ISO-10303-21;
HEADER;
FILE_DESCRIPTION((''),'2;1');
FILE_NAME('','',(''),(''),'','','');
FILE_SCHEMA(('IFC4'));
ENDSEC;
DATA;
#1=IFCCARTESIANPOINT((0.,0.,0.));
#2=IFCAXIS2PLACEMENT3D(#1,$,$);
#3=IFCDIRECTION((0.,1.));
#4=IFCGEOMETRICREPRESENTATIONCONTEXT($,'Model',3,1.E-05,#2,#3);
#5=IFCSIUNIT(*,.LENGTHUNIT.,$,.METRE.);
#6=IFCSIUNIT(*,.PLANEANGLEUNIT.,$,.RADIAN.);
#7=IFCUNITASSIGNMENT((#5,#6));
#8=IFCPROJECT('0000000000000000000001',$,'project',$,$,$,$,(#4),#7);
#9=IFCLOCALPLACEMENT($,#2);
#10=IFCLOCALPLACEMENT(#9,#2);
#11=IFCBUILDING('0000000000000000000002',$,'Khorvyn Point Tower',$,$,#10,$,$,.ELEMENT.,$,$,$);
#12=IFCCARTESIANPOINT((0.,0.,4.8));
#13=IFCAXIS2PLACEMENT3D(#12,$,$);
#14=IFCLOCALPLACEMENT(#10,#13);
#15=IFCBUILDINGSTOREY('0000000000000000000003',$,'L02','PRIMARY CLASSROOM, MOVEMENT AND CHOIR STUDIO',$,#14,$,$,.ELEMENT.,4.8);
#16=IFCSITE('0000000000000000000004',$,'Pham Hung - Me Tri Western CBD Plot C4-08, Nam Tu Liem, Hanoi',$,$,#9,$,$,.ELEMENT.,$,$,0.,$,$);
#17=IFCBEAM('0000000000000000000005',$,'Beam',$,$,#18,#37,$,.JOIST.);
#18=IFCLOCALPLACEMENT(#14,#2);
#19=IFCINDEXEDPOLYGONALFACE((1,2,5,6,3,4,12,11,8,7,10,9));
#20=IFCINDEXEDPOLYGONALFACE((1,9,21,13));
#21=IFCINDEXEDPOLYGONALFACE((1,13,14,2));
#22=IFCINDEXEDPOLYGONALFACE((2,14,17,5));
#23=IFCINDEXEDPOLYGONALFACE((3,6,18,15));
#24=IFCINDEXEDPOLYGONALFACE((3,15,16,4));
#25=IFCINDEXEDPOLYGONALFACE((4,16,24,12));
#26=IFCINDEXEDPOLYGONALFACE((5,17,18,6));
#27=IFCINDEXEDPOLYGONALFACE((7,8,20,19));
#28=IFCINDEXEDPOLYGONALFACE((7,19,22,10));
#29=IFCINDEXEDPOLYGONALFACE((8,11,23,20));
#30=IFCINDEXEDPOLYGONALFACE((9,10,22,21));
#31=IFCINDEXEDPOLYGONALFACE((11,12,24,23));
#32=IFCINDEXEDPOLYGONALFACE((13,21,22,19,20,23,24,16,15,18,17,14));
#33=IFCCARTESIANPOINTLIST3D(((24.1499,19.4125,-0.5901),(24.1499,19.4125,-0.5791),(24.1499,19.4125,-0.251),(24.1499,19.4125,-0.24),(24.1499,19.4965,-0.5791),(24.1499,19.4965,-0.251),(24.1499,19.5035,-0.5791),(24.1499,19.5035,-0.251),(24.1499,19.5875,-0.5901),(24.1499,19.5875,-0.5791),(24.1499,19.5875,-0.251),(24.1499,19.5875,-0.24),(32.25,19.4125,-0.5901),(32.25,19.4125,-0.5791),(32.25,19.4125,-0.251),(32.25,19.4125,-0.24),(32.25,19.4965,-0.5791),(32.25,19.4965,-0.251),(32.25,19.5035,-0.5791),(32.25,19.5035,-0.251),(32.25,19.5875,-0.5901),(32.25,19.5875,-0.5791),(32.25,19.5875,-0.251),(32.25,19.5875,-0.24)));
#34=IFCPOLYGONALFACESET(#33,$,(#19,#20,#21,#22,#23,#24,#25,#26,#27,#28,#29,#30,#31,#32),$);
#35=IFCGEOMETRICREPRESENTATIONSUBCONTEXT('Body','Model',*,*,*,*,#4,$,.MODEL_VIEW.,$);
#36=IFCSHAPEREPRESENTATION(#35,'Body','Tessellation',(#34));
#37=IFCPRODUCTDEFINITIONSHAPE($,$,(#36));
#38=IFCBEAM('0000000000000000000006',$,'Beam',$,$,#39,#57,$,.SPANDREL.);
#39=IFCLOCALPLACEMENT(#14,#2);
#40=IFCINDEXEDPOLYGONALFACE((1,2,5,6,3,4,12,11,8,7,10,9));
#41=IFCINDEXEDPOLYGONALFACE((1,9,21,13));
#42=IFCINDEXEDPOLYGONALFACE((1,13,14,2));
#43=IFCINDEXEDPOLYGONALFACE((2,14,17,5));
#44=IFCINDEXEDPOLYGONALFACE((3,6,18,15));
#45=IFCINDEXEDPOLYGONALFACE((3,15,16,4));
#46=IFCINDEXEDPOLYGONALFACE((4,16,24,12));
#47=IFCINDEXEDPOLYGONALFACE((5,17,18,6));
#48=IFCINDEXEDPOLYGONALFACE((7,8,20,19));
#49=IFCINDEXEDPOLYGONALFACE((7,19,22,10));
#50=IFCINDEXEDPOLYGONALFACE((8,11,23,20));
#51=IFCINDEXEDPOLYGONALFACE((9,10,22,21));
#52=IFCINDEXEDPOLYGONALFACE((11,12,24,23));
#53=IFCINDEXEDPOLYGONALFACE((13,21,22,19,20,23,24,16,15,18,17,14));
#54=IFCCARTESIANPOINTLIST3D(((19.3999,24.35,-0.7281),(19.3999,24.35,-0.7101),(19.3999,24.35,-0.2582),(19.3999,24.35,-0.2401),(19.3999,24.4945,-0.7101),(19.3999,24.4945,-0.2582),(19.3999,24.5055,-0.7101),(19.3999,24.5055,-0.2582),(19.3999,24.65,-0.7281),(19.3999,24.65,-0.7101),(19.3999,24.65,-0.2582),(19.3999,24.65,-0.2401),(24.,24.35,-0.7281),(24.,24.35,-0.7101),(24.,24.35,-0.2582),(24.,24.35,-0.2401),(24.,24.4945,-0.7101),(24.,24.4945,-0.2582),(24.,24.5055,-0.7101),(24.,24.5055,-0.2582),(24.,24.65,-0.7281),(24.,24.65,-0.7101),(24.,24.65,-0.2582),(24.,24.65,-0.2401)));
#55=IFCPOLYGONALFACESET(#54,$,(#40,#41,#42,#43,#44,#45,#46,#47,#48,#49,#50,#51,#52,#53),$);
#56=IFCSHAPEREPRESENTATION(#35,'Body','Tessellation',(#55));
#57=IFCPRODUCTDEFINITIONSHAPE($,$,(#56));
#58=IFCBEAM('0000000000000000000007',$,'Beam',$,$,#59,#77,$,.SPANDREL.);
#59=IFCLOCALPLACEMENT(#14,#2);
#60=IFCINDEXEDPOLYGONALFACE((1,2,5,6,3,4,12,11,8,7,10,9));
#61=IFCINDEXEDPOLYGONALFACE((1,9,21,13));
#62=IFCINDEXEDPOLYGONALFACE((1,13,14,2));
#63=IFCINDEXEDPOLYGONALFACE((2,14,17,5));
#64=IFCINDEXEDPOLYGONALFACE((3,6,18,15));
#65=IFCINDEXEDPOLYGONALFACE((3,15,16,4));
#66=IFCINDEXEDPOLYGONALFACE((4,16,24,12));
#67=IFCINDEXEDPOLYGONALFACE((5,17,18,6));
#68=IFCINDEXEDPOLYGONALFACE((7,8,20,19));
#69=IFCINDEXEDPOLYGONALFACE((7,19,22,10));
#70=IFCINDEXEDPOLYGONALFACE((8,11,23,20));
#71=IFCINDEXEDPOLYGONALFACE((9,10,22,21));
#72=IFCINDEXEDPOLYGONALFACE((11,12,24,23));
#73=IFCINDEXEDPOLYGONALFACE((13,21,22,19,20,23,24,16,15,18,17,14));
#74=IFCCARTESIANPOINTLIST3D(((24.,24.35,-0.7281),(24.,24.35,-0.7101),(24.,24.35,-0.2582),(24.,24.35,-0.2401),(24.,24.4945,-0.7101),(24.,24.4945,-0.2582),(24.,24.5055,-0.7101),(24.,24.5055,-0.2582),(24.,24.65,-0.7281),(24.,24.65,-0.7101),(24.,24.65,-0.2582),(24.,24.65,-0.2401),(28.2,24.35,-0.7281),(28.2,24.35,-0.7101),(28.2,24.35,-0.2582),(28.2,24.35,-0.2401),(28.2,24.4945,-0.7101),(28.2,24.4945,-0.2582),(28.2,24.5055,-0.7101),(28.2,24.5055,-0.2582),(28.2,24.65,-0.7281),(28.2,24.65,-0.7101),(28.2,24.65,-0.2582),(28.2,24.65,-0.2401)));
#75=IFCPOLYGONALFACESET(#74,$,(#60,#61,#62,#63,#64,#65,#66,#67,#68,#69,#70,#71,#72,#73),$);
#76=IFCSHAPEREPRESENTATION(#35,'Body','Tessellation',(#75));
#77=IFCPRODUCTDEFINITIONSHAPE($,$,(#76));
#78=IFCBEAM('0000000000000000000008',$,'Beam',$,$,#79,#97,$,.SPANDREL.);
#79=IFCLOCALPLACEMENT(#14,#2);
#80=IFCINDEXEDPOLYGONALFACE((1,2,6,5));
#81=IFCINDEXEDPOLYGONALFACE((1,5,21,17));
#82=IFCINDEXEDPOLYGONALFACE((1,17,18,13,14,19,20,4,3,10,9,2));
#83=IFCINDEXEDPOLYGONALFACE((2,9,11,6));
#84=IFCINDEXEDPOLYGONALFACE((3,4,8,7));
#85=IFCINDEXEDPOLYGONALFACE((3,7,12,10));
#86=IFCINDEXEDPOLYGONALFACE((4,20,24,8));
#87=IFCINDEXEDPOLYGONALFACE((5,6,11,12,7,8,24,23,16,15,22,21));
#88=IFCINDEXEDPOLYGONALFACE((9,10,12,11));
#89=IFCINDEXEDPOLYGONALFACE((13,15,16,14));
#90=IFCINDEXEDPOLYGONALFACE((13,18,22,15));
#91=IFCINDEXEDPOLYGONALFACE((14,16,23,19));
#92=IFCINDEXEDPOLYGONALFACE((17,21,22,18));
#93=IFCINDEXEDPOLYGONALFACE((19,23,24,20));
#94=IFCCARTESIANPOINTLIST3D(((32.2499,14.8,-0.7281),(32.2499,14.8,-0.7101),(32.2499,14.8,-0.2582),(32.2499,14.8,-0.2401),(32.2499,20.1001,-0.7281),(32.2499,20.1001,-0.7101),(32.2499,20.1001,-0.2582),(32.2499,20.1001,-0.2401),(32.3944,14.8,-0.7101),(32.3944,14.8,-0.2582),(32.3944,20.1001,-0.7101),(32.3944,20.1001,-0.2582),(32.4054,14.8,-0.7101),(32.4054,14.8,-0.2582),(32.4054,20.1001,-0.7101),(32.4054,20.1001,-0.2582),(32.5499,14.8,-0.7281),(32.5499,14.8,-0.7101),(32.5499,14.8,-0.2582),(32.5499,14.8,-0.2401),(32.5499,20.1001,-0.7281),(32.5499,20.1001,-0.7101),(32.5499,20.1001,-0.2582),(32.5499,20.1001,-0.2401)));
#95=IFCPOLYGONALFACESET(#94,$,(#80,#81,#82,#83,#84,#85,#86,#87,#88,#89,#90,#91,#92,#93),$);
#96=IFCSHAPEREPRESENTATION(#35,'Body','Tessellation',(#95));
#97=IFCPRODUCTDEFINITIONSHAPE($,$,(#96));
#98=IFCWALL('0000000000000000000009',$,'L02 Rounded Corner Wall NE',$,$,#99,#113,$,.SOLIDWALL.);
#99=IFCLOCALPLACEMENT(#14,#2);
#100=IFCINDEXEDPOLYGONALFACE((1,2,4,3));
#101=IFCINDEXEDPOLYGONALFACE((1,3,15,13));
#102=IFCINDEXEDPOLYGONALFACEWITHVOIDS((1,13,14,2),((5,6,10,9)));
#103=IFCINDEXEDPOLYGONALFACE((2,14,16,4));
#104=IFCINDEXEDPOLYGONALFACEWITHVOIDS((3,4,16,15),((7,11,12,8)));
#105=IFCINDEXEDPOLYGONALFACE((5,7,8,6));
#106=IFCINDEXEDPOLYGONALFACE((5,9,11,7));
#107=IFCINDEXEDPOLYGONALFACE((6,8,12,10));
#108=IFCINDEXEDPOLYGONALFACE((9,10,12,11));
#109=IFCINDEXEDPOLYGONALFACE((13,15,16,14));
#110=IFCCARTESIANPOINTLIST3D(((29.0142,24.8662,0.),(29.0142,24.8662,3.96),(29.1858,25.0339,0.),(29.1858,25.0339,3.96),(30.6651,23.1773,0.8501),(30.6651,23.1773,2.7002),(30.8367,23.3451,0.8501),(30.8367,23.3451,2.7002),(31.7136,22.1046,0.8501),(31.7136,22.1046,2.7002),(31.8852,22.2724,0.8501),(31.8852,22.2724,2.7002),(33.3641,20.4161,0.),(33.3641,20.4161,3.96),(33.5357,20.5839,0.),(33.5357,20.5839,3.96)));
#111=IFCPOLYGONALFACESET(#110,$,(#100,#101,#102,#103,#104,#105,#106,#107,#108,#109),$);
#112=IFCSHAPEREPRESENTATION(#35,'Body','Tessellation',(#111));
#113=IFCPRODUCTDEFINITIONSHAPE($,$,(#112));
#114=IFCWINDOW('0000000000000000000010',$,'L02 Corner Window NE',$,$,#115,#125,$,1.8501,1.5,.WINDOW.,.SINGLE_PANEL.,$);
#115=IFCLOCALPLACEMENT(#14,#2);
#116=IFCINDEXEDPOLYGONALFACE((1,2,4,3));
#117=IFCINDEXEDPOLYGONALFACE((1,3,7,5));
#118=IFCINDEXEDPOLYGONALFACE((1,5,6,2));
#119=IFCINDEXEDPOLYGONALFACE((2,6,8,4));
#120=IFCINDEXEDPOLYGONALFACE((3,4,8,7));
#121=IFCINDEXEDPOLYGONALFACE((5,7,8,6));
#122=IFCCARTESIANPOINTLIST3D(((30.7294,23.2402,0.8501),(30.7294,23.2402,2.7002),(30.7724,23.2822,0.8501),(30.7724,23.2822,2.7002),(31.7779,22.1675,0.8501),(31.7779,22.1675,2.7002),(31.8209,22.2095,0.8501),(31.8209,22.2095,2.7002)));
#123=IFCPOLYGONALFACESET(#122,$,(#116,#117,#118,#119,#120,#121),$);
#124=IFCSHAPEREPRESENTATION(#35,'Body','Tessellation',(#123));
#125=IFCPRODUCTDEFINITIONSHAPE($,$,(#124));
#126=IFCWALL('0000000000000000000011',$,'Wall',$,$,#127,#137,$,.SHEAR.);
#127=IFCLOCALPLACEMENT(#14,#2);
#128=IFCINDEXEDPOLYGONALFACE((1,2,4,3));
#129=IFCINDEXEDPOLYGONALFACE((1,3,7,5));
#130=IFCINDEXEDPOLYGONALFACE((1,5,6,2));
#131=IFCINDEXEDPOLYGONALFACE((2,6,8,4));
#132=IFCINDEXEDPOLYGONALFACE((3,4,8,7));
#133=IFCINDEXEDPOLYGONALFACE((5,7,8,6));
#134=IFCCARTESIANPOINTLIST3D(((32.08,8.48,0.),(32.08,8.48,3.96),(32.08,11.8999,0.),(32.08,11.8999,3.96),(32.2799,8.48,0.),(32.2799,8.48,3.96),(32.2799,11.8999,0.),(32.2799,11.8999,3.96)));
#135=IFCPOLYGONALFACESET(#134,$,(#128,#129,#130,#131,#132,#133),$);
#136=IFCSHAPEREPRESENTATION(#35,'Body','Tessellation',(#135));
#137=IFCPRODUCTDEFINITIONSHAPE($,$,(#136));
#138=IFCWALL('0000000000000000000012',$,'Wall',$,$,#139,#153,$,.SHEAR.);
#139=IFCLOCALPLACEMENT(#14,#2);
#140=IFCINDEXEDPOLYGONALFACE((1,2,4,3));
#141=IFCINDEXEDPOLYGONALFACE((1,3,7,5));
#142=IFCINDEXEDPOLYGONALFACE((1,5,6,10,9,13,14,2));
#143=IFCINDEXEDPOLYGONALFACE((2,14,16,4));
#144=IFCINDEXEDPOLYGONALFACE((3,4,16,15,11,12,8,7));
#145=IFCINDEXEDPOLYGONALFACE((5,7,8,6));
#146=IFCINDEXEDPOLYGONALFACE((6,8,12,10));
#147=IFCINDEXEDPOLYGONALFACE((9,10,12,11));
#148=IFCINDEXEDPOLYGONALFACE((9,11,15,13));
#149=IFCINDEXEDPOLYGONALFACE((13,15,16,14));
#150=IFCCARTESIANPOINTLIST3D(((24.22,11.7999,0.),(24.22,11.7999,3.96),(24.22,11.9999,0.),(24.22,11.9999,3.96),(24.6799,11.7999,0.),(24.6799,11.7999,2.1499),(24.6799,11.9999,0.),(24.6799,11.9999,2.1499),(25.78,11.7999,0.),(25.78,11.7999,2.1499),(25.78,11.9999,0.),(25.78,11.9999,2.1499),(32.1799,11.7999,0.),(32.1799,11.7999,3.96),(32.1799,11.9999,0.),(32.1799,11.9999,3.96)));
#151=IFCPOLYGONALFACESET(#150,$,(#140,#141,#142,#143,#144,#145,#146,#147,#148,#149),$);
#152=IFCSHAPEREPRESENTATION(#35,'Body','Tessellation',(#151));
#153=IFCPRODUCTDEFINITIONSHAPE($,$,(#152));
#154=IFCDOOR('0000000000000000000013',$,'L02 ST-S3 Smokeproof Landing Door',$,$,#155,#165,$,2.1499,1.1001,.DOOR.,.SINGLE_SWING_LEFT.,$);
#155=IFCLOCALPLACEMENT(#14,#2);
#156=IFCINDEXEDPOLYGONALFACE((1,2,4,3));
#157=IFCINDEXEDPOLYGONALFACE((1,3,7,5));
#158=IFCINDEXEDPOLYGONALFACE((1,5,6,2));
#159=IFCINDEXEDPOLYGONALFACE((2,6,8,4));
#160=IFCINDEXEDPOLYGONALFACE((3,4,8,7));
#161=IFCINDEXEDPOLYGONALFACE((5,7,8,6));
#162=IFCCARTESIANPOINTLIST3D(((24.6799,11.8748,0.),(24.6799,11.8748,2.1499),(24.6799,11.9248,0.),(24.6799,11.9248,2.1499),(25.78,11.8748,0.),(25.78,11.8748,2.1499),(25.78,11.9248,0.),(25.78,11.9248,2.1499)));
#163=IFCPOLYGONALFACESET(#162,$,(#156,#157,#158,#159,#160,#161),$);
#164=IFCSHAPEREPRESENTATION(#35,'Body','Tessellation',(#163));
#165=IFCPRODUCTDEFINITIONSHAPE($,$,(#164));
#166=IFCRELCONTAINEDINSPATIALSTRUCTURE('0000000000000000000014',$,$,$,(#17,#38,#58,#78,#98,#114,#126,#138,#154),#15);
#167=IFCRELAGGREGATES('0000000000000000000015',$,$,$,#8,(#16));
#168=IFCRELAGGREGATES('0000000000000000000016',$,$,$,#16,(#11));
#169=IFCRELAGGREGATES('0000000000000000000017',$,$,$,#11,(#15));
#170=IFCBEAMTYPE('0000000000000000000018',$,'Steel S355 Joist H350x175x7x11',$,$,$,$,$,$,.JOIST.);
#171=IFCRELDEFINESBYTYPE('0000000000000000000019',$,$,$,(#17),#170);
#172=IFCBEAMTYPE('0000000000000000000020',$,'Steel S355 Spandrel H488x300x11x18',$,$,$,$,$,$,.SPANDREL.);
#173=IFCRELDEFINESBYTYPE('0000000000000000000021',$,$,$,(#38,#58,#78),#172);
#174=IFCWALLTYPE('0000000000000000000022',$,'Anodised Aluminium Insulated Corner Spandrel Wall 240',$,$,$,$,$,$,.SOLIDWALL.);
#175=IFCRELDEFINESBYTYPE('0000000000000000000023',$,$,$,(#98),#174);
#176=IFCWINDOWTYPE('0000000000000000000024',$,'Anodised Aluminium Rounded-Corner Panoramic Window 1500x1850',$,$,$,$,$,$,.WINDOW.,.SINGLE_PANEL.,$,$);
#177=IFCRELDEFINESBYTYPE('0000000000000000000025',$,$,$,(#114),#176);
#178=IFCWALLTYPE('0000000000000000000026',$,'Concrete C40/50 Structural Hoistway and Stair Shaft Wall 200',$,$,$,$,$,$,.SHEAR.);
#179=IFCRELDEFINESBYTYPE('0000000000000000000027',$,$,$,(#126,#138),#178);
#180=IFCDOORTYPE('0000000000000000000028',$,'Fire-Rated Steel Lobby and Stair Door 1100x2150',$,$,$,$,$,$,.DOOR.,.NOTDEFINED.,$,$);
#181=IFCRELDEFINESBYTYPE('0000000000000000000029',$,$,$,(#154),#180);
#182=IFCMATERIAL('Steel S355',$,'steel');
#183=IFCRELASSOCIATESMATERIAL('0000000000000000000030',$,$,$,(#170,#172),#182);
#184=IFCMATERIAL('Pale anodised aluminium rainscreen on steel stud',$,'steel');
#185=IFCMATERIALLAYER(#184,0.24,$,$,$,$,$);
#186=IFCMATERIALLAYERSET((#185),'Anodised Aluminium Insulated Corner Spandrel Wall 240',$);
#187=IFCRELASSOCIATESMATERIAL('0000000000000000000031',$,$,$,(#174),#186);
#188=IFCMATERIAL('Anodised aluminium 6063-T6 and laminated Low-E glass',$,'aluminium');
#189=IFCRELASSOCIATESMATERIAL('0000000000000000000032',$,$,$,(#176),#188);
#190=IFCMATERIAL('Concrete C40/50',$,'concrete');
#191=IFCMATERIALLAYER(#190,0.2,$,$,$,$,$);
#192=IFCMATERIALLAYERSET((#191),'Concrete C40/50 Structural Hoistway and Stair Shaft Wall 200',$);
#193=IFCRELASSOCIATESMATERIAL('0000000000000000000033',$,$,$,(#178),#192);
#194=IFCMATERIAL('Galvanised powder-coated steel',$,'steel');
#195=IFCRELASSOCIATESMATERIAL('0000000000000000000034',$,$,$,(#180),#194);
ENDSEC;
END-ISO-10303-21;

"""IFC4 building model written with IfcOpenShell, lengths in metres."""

from ifc_helpers import new_model, si_unit, direction, frame, frame_2d, origin, origin_2d, place, context, subcontext, project, spatial, rectangle, i_section, extrude, material, layer, layer_set, material_profile, profile_set, type_object, element, fill, save


model = new_model("IFC4")

# Units and contexts
model_context = context("Model", 3, precision=1e-05, world=origin(), true_north=direction((0.0, 1.0)))
body_context = subcontext(model_context, "Body", "Model", "MODEL_VIEW")
ifc_project = project(units=[si_unit("LENGTHUNIT", "METRE"), si_unit("PLANEANGLEUNIT", "RADIAN")], contexts=[model_context])

# Site, building, storey
site_placement = place(None, origin())
site = spatial("IfcSite", under=ifc_project, at=site_placement, Name="Pham Hung - Me Tri Western CBD Plot C4-08, Nam Tu Liem, Hanoi", CompositionType="ELEMENT", RefElevation=0.0)
building_placement = place(site_placement, origin())
building = spatial("IfcBuilding", under=site, at=building_placement, Name="Khorvyn Point Tower", CompositionType="ELEMENT")
storey_placement = place(building_placement, frame((0.0, 0.0, 4.8)))
storey = spatial("IfcBuildingStorey", under=building, at=storey_placement, Name="L02", Description="PRIMARY CLASSROOM, MOVEMENT AND CHOIR STUDIO", CompositionType="ELEMENT", Elevation=4.8)

# Shared definitions
ifc_material_1 = material(Name="Concrete C40/50", Category="concrete")

# Beams
ifc_material_2 = material(Name="Steel S355", Category="steel")
ifc_material_profile_1 = material_profile(ifc_material_2, i_section(OverallWidth=0.175, OverallDepth=0.3501, WebThickness=0.0071, FlangeThickness=0.011, at=origin_2d()))
ifc_profile_set_1 = profile_set([ifc_material_profile_1], Name="Steel S355 H350x175x7x11")
beam_type_1 = type_object("IfcBeamType", Name="Steel S355 Joist H350x175x7x11", PredefinedType="JOIST", material=ifc_profile_set_1)
beam_1_placement = place(storey_placement, frame((24.1499, 19.5, -0.415), z_axis=(1.0, 0.0, 0.0), x_axis=(0.0, 1.0, 0.0)))
element("IfcBeam", 1, at=beam_1_placement, inside=storey, type_object=beam_type_1, Name="Beam", PredefinedType="JOIST", context=body_context, shape_type="SweptSolid", body=[
    extrude(i_section(OverallWidth=0.175, OverallDepth=0.3501, WebThickness=0.0071, FlangeThickness=0.011, at=origin_2d()), origin(), (0.0, 0.0, 1.0), 8.1001),
])
ifc_material_profile_2 = material_profile(ifc_material_2, i_section(OverallWidth=0.3, OverallDepth=0.488, WebThickness=0.011, FlangeThickness=0.0181, at=origin_2d()))
ifc_profile_set_2 = profile_set([ifc_material_profile_2], Name="Steel S355 H488x300x11x18")
beam_type_2 = type_object("IfcBeamType", Name="Steel S355 Spandrel H488x300x11x18", PredefinedType="SPANDREL", material=ifc_profile_set_2)
beam_2_placement = place(storey_placement, frame((19.3999, 24.5, -0.4841), z_axis=(1.0, 0.0, 0.0), x_axis=(0.0, 1.0, 0.0)))
element("IfcBeam", 2, at=beam_2_placement, inside=storey, type_object=beam_type_2, Name="Beam", PredefinedType="SPANDREL", context=body_context, shape_type="SweptSolid", body=[
    extrude(i_section(OverallWidth=0.3, OverallDepth=0.488, WebThickness=0.011, FlangeThickness=0.0181, at=origin_2d()), origin(), (0.0, 0.0, 1.0), 4.6001),
])
beam_3_placement = place(storey_placement, frame((24.0, 24.5, -0.4841), z_axis=(1.0, 0.0, 0.0), x_axis=(0.0, 1.0, 0.0)))
element("IfcBeam", 3, at=beam_3_placement, inside=storey, type_object=beam_type_2, Name="Beam", PredefinedType="SPANDREL", context=body_context, shape_type="SweptSolid", body=[
    extrude(i_section(OverallWidth=0.3, OverallDepth=0.488, WebThickness=0.011, FlangeThickness=0.0181, at=origin_2d()), origin(), (0.0, 0.0, 1.0), 4.2),
])
beam_4_placement = place(storey_placement, frame((32.3999, 14.8, -0.4841), z_axis=(0.0, 1.0, 0.0), x_axis=(-1.0, 0.0, 0.0)))
element("IfcBeam", 4, at=beam_4_placement, inside=storey, type_object=beam_type_2, Name="Beam", PredefinedType="SPANDREL", context=body_context, shape_type="SweptSolid", body=[
    extrude(i_section(OverallWidth=0.3, OverallDepth=0.488, WebThickness=0.011, FlangeThickness=0.0181, at=origin_2d()), origin(), (0.0, 0.0, 1.0), 5.3),
])

# Wall, opening, window
ifc_material_3 = material(Name="Pale anodised aluminium rainscreen on steel stud", Category="steel")
ifc_layer_1 = layer(ifc_material_3, 0.24)
ifc_layer_set_1 = layer_set([ifc_layer_1], Name="Anodised Aluminium Insulated Corner Spandrel Wall 240")
wall_type_1 = type_object("IfcWallType", Name="Anodised Aluminium Insulated Corner Spandrel Wall 240", PredefinedType="SOLIDWALL", material=ifc_layer_set_1)
wall_1_placement = place(storey_placement, frame((29.1001, 24.95, 0.0), z_axis=(0.0, 0.0, 1.0), x_axis=(0.699018, -0.715104, 0.0)))
wall_1 = element("IfcWall", 5, at=wall_1_placement, inside=storey, type_object=wall_type_1, Name="L02 Rounded Corner Wall NE", PredefinedType="SOLIDWALL", context=body_context, shape_type="SweptSolid", body=[
    extrude(rectangle(XDim=6.2229, YDim=0.24, at=frame_2d((3.1113, 0.0))), origin(), (0.0, 0.0, 1.0), 3.96),
])
opening_1_placement = place(wall_1_placement, frame((2.3616, 0.0, 0.8501)))
opening_1 = element("IfcOpeningElement", 6, at=opening_1_placement, cuts=wall_1, PredefinedType="OPENING", context=body_context, shape_type="SweptSolid", body=[
    extrude(rectangle(XDim=1.5, YDim=1.8501, at=frame_2d((0.75, 0.925))), frame((0.0, 0.1299, 0.0), z_axis=(0.0, -1.0, 0.0), x_axis=(1.0, 0.0, 0.0)), (0.0, 0.0, 1.0), 0.26),
])
ifc_material_4 = material(Name="Anodised aluminium 6063-T6 and laminated Low-E glass", Category="aluminium")
window_type = type_object("IfcWindowType", Name="Anodised Aluminium Rounded-Corner Panoramic Window 1500x1850", PartitioningType="SINGLE_PANEL", PredefinedType="WINDOW", material=ifc_material_4)
window_placement = place(opening_1_placement, origin())
window = element("IfcWindow", 7, at=window_placement, inside=storey, type_object=window_type, Name="L02 Corner Window NE", OverallHeight=1.8501, OverallWidth=1.5, PartitioningType="SINGLE_PANEL", PredefinedType="WINDOW", context=body_context, shape_type="SweptSolid", body=[
    extrude(rectangle(XDim=1.5, YDim=1.8501, at=frame_2d((0.75, 0.925))), frame((0.0, 0.03, 0.0), z_axis=(0.0, -1.0, 0.0), x_axis=(1.0, 0.0, 0.0)), (0.0, 0.0, 1.0), 0.0601),
])
fill(opening_1, window)

# Wall
ifc_layer_2 = layer(ifc_material_1, 0.2)
ifc_layer_set_2 = layer_set([ifc_layer_2], Name="Concrete C40/50 Structural Hoistway and Stair Shaft Wall 200")
wall_type_2 = type_object("IfcWallType", Name="Concrete C40/50 Structural Hoistway and Stair Shaft Wall 200", PredefinedType="SHEAR", material=ifc_layer_set_2)
wall_2_placement = place(storey_placement, frame((32.1799, 11.8999, 0.0), z_axis=(0.0, 0.0, 1.0), x_axis=(0.0, -1.0, 0.0)))
element("IfcWall", 8, at=wall_2_placement, inside=storey, type_object=wall_type_2, Name="Wall", PredefinedType="SHEAR", context=body_context, shape_type="SweptSolid", body=[
    extrude(rectangle(XDim=3.4199, YDim=0.2, at=frame_2d((1.71, 0.0))), origin(), (0.0, 0.0, 1.0), 3.96),
])

# Wall, opening, door
wall_3_placement = place(storey_placement, frame((24.22, 11.8999, 0.0), z_axis=(0.0, 0.0, 1.0), x_axis=(1.0, 0.0, 0.0)))
wall_3 = element("IfcWall", 9, at=wall_3_placement, inside=storey, type_object=wall_type_2, Name="Wall", PredefinedType="SHEAR", context=body_context, shape_type="SweptSolid", body=[
    extrude(rectangle(XDim=7.96, YDim=0.2, at=frame_2d((3.98, 0.0))), origin(), (0.0, 0.0, 1.0), 3.96),
])
opening_2_placement = place(wall_3_placement, frame((0.46, 0.0, 0.0)))
opening_2 = element("IfcOpeningElement", 10, at=opening_2_placement, cuts=wall_3, PredefinedType="OPENING", context=body_context, shape_type="SweptSolid", body=[
    extrude(rectangle(XDim=1.1001, YDim=2.1499, at=frame_2d((0.55, 1.075))), frame((0.0, 0.1099, 0.0), z_axis=(0.0, -1.0, 0.0), x_axis=(1.0, 0.0, 0.0)), (0.0, 0.0, 1.0), 0.22),
])
ifc_material_5 = material(Name="Galvanised powder-coated steel", Category="steel")
door_type_1 = type_object("IfcDoorType", Name="Fire-Rated Steel Lobby and Stair Door 1100x2150", OperationType="NOTDEFINED", PredefinedType="DOOR", material=ifc_material_5)
door_1_placement = place(opening_2_placement, origin())
door_1 = element("IfcDoor", 11, at=door_1_placement, inside=storey, type_object=door_type_1, Name="L02 ST-S3 Smokeproof Landing Door", OperationType="SINGLE_SWING_LEFT", OverallHeight=2.1499, OverallWidth=1.1001, PredefinedType="DOOR", context=body_context, shape_type="SweptSolid", body=[
    extrude(rectangle(XDim=1.1001, YDim=2.1499, at=frame_2d((0.55, 1.075))), frame((0.0, 0.0249, 0.0), z_axis=(0.0, -1.0, 0.0), x_axis=(1.0, 0.0, 0.0)), (0.0, 0.0, 1.0), 0.05),
])
fill(opening_2, door_1)

save(model, "model.ifc")
